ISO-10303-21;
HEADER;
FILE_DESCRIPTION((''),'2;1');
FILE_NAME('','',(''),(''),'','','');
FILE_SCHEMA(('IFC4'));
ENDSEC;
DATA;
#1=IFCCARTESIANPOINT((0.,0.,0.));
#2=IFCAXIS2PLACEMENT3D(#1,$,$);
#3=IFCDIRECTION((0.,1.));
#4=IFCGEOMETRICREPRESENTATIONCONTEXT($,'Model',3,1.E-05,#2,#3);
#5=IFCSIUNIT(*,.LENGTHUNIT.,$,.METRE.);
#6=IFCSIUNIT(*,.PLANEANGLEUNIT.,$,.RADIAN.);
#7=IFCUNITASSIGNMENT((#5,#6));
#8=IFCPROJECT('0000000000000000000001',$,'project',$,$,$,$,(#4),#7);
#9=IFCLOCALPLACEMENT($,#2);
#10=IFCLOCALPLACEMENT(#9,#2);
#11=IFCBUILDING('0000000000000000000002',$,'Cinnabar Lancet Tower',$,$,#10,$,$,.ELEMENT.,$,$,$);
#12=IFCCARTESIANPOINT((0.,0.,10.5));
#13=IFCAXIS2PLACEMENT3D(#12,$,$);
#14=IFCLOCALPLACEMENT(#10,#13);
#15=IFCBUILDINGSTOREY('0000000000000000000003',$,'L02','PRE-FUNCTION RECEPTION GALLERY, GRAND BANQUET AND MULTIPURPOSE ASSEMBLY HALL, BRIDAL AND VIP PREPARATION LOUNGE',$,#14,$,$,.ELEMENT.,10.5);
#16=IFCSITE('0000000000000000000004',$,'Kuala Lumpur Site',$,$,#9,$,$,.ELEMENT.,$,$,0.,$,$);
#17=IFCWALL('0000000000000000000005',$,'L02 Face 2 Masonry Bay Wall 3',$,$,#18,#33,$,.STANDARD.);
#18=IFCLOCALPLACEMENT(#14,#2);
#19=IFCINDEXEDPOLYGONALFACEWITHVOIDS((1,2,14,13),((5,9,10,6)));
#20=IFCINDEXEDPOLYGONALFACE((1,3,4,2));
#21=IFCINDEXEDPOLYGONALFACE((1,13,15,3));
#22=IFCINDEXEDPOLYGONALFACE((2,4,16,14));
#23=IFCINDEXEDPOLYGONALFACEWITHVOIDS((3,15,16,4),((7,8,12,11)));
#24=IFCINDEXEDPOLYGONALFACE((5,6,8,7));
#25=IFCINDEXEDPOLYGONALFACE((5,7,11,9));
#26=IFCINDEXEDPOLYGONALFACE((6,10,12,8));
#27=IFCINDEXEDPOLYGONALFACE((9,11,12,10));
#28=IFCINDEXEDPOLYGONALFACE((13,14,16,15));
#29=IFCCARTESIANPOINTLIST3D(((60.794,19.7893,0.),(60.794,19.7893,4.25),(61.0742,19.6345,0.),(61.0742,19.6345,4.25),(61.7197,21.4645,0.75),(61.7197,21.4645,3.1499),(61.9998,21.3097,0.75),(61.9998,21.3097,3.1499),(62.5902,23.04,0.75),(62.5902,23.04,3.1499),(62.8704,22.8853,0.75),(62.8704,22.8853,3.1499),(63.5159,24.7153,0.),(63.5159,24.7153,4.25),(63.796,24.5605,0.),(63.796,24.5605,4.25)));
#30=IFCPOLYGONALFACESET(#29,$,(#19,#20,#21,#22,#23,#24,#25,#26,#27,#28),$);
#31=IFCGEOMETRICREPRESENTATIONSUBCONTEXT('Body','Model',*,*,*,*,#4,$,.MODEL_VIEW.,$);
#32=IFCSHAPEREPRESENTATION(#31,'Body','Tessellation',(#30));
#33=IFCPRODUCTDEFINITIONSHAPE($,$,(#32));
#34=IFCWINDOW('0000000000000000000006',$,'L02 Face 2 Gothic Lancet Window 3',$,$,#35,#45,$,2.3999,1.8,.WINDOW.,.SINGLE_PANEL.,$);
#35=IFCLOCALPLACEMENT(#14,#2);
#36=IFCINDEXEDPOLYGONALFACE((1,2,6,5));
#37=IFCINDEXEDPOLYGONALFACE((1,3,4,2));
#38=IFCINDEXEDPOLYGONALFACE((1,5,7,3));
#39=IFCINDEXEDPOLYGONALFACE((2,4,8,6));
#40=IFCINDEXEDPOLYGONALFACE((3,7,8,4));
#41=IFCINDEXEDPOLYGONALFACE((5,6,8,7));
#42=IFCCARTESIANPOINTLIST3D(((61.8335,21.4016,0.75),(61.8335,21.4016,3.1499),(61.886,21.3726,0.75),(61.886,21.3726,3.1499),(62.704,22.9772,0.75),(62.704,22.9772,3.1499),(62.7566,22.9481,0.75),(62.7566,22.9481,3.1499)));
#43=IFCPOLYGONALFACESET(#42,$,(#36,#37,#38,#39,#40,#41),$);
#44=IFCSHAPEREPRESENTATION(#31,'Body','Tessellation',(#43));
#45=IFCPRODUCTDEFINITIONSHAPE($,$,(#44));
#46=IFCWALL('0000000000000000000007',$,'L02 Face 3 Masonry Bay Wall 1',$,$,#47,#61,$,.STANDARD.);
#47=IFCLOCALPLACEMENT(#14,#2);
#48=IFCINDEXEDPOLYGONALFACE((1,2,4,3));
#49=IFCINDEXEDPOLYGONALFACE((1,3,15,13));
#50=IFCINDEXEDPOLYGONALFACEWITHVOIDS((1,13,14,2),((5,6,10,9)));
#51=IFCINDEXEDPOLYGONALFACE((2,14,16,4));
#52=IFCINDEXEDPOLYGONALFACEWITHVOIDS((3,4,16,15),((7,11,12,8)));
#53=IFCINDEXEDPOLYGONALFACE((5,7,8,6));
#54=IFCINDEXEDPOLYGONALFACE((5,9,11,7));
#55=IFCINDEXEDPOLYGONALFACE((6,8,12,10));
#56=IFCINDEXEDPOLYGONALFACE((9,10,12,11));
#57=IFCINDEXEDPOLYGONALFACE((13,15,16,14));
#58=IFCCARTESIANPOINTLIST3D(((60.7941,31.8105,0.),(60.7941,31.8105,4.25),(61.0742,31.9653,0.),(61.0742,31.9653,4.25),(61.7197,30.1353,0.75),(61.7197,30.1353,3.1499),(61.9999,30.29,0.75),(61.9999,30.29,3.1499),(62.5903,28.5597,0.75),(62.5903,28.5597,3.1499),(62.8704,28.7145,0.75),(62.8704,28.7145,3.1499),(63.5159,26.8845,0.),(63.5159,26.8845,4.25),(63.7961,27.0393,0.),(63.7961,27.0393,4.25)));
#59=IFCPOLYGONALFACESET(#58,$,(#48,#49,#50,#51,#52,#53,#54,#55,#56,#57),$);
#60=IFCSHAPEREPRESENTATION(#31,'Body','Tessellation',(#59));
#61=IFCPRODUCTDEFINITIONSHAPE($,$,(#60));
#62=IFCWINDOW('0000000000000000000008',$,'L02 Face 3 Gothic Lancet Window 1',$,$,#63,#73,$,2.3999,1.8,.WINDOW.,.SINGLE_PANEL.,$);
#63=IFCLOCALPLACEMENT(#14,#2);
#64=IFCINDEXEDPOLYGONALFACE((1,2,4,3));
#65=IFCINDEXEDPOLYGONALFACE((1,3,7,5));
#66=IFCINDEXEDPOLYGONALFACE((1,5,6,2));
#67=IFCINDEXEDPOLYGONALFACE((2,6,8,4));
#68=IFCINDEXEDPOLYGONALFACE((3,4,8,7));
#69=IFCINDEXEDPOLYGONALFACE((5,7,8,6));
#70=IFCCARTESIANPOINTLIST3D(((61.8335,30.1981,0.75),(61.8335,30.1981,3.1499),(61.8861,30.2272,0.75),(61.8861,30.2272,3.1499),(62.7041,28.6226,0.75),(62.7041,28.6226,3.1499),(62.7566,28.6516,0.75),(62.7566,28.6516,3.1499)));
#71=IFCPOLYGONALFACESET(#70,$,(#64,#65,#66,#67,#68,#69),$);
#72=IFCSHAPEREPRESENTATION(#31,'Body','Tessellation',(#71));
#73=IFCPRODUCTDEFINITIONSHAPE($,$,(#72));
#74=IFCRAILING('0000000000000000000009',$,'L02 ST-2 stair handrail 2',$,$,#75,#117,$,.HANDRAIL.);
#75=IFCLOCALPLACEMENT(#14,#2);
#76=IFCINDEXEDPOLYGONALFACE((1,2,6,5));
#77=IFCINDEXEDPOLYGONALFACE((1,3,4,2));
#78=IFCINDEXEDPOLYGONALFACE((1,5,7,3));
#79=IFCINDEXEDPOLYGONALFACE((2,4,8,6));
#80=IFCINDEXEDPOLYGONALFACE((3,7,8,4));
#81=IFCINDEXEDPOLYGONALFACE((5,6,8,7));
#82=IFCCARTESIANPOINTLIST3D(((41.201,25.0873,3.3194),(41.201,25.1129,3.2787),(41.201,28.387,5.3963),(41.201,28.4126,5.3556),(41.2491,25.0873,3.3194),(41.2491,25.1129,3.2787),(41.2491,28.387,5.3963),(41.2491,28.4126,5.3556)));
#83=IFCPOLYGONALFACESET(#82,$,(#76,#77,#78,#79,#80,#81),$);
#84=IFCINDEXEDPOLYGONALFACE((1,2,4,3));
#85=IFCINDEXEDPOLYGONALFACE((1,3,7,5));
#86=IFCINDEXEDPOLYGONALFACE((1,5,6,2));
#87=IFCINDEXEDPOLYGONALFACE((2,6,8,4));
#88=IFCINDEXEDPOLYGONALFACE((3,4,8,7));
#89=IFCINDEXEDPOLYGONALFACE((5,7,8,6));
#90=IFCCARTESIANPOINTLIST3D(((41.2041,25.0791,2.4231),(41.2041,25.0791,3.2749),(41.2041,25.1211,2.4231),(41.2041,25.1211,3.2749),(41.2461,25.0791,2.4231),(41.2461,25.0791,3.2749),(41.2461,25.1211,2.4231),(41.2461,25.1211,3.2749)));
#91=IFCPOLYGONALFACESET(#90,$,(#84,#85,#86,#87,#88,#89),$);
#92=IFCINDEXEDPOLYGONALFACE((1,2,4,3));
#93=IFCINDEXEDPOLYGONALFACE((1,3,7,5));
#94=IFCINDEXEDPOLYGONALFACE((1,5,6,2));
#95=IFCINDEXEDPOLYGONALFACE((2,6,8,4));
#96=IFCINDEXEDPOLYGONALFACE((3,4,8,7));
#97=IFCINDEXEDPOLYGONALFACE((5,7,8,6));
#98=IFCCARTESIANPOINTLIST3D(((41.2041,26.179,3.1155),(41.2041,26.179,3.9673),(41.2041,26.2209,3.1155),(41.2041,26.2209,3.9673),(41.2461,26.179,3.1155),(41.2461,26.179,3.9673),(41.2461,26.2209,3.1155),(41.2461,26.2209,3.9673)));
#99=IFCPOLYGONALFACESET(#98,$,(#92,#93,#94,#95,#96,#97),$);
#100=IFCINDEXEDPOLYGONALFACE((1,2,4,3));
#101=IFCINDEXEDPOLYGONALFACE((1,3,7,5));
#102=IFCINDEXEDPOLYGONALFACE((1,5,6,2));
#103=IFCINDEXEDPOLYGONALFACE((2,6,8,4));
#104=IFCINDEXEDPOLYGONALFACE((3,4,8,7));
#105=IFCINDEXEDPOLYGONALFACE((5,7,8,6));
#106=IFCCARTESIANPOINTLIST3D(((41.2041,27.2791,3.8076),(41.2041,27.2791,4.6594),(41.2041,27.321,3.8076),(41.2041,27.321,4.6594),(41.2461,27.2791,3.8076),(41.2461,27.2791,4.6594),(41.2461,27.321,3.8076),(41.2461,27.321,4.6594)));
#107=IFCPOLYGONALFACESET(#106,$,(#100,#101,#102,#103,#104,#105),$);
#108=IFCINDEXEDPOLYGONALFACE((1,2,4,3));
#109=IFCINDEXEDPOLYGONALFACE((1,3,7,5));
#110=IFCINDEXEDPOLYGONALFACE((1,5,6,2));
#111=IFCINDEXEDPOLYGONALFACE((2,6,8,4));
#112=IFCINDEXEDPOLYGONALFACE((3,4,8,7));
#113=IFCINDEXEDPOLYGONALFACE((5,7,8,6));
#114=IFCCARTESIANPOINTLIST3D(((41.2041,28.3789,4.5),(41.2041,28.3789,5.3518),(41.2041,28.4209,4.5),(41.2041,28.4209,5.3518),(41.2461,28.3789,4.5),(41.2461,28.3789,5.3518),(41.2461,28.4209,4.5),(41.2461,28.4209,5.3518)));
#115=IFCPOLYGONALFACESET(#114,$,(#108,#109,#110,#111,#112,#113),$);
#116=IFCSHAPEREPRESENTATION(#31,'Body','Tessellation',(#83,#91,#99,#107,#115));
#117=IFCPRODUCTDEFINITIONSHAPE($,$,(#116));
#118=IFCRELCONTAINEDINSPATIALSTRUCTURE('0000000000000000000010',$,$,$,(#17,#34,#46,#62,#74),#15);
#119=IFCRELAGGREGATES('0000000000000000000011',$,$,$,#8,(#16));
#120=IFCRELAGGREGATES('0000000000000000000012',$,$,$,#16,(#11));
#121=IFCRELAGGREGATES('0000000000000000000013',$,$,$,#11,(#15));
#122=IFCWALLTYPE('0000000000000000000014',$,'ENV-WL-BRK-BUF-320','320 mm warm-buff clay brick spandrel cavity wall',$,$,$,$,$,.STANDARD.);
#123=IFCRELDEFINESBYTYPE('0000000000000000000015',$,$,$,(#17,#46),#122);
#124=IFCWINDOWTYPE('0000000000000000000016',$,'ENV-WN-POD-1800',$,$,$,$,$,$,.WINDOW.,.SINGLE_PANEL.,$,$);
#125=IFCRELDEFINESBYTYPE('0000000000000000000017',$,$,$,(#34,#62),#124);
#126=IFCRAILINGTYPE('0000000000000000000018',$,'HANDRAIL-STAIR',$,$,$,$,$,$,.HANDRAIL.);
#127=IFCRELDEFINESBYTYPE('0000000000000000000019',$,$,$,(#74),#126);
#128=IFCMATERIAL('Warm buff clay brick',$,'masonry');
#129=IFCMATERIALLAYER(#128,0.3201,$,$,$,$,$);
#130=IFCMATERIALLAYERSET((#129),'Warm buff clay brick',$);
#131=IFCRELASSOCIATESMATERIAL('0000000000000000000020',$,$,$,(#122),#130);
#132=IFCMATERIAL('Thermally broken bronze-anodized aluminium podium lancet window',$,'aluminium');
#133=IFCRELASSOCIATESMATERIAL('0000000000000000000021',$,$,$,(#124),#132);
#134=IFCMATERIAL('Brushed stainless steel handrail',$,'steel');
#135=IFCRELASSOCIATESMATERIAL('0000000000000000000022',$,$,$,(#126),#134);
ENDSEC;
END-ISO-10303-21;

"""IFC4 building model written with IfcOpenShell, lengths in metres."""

from ifc_helpers import new_model, si_unit, direction, frame, frame_2d, origin, origin_2d, place, context, subcontext, project, spatial, rectangle, extrude, material, layer, layer_set, type_object, element, fill, save


model = new_model("IFC4")

# Units and contexts
model_context = context("Model", 3, precision=1e-05, world=origin(), true_north=direction((0.0, 1.0)))
body_context = subcontext(model_context, "Body", "Model", "MODEL_VIEW")
ifc_project = project(units=[si_unit("LENGTHUNIT", "METRE"), si_unit("PLANEANGLEUNIT", "RADIAN")], contexts=[model_context])

# Site, building, storey
site_placement = place(None, origin())
site = spatial("IfcSite", under=ifc_project, at=site_placement, Name="Kuala Lumpur Site", CompositionType="ELEMENT", RefElevation=0.0)
building_placement = place(site_placement, origin())
building = spatial("IfcBuilding", under=site, at=building_placement, Name="Cinnabar Lancet Tower", CompositionType="ELEMENT")
storey_placement = place(building_placement, frame((0.0, 0.0, 10.5)))
storey = spatial("IfcBuildingStorey", under=building, at=storey_placement, Name="L02", Description="PRE-FUNCTION RECEPTION GALLERY, GRAND BANQUET AND MULTIPURPOSE ASSEMBLY HALL, BRIDAL AND VIP PREPARATION LOUNGE", CompositionType="ELEMENT", Elevation=10.5)

# Shared definitions
ifc_material_1 = material(Name="Warm buff clay brick", Category="masonry")
ifc_layer_1 = layer(ifc_material_1, 0.3201)
ifc_layer_set_1 = layer_set([ifc_layer_1], Name="Warm buff clay brick")
wall_type_1 = type_object("IfcWallType", Name="ENV-WL-BRK-BUF-320", Description="320 mm warm-buff clay brick spandrel cavity wall", PredefinedType="STANDARD", material=ifc_layer_set_1)

# Walls, openings, windows
wall_1_placement = place(storey_placement, frame((60.9341, 19.7119, 0.0), z_axis=(0.0, 0.0, 1.0), x_axis=(0.483638, 0.875268, 0.0)))
wall_1 = element("IfcWall", 1, at=wall_1_placement, inside=storey, type_object=wall_type_1, Name="L02 Face 2 Masonry Bay Wall 3", PredefinedType="STANDARD", context=body_context, shape_type="SweptSolid", body=[
    extrude(rectangle(XDim=5.6279, YDim=0.3201, at=frame_2d((2.814, 0.0))), origin(), (0.0, 0.0, 1.0), 4.25),
])
opening_1_placement = place(wall_1_placement, frame((1.9141, 0.0, 0.75)))
opening_1 = element("IfcOpeningElement", 2, at=opening_1_placement, cuts=wall_1, PredefinedType="OPENING", context=body_context, shape_type="SweptSolid", body=[
    extrude(rectangle(XDim=1.8, YDim=2.3999, at=frame_2d((0.8999, 1.2))), frame((0.0, 0.1699, 0.0), z_axis=(0.0, -1.0, 0.0), x_axis=(1.0, 0.0, 0.0)), (0.0, 0.0, 1.0), 0.3401),
])
ifc_material_2 = material(Name="Thermally broken bronze-anodized aluminium podium lancet window", Category="aluminium")
window_type = type_object("IfcWindowType", Name="ENV-WN-POD-1800", PartitioningType="SINGLE_PANEL", PredefinedType="WINDOW", material=ifc_material_2)
window_1_placement = place(opening_1_placement, origin())
window_1 = element("IfcWindow", 3, at=window_1_placement, inside=storey, type_object=window_type, Name="L02 Face 2 Gothic Lancet Window 3", OverallHeight=2.3999, OverallWidth=1.8, PartitioningType="SINGLE_PANEL", PredefinedType="WINDOW", context=body_context, shape_type="SweptSolid", body=[
    extrude(rectangle(XDim=1.8, YDim=2.3999, at=frame_2d((0.8999, 1.2))), frame((0.0, 0.03, 0.0), z_axis=(0.0, -1.0, 0.0), x_axis=(1.0, 0.0, 0.0)), (0.0, 0.0, 1.0), 0.0601),
])
fill(opening_1, window_1)
wall_2_placement = place(storey_placement, frame((63.656, 26.9619, 0.0), z_axis=(0.0, 0.0, 1.0), x_axis=(-0.483638, 0.875268, 0.0)))
wall_2 = element("IfcWall", 4, at=wall_2_placement, inside=storey, type_object=wall_type_1, Name="L02 Face 3 Masonry Bay Wall 1", PredefinedType="STANDARD", context=body_context, shape_type="SweptSolid", body=[
    extrude(rectangle(XDim=5.6279, YDim=0.3201, at=frame_2d((2.814, 0.0))), origin(), (0.0, 0.0, 1.0), 4.25),
])
opening_2_placement = place(wall_2_placement, frame((1.9141, 0.0, 0.75)))
opening_2 = element("IfcOpeningElement", 5, at=opening_2_placement, cuts=wall_2, PredefinedType="OPENING", context=body_context, shape_type="SweptSolid", body=[
    extrude(rectangle(XDim=1.8, YDim=2.3999, at=frame_2d((0.8999, 1.2))), frame((0.0, 0.1699, 0.0), z_axis=(0.0, -1.0, 0.0), x_axis=(1.0, 0.0, 0.0)), (0.0, 0.0, 1.0), 0.3401),
])
window_2_placement = place(opening_2_placement, origin())
window_2 = element("IfcWindow", 6, at=window_2_placement, inside=storey, type_object=window_type, Name="L02 Face 3 Gothic Lancet Window 1", OverallHeight=2.3999, OverallWidth=1.8, PartitioningType="SINGLE_PANEL", PredefinedType="WINDOW", context=body_context, shape_type="SweptSolid", body=[
    extrude(rectangle(XDim=1.8, YDim=2.3999, at=frame_2d((0.8999, 1.2))), frame((0.0, 0.03, 0.0), z_axis=(0.0, -1.0, 0.0), x_axis=(1.0, 0.0, 0.0)), (0.0, 0.0, 1.0), 0.0601),
])
fill(opening_2, window_2)

# Railing
ifc_material_3 = material(Name="Brushed stainless steel handrail", Category="steel")
railing_type = type_object("IfcRailingType", Name="HANDRAIL-STAIR", PredefinedType="HANDRAIL", material=ifc_material_3)
railing_placement = place(storey_placement, frame((41.2251, 25.1001, 2.4231)))
element("IfcRailing", 7, at=railing_placement, inside=storey, type_object=railing_type, Name="L02 ST-2 stair handrail 2", PredefinedType="HANDRAIL", context=body_context, shape_type="SweptSolid", body=[
    extrude(rectangle(XDim=0.0481, YDim=0.0481, at=origin_2d()), frame((0.0, 0.0, 0.876), z_axis=(0.0, 0.84632, 0.532675), x_axis=(-1.0, 0.0, 0.0)), (0.0, 0.0, 1.0), 3.8989),
    extrude(rectangle(XDim=0.042, YDim=0.042, at=origin_2d()), origin(), (0.0, 0.0, 1.0), 0.8518),
    extrude(rectangle(XDim=0.042, YDim=0.042, at=origin_2d()), frame((0.0, 1.0999, 0.6924)), (0.0, 0.0, 1.0), 0.8518),
    extrude(rectangle(XDim=0.042, YDim=0.042, at=origin_2d()), frame((0.0, 2.2, 1.3845)), (0.0, 0.0, 1.0), 0.8518),
    extrude(rectangle(XDim=0.042, YDim=0.042, at=origin_2d()), frame((0.0, 3.2998, 2.0769)), (0.0, 0.0, 1.0), 0.8518),
])

save(model, "model.ifc")
